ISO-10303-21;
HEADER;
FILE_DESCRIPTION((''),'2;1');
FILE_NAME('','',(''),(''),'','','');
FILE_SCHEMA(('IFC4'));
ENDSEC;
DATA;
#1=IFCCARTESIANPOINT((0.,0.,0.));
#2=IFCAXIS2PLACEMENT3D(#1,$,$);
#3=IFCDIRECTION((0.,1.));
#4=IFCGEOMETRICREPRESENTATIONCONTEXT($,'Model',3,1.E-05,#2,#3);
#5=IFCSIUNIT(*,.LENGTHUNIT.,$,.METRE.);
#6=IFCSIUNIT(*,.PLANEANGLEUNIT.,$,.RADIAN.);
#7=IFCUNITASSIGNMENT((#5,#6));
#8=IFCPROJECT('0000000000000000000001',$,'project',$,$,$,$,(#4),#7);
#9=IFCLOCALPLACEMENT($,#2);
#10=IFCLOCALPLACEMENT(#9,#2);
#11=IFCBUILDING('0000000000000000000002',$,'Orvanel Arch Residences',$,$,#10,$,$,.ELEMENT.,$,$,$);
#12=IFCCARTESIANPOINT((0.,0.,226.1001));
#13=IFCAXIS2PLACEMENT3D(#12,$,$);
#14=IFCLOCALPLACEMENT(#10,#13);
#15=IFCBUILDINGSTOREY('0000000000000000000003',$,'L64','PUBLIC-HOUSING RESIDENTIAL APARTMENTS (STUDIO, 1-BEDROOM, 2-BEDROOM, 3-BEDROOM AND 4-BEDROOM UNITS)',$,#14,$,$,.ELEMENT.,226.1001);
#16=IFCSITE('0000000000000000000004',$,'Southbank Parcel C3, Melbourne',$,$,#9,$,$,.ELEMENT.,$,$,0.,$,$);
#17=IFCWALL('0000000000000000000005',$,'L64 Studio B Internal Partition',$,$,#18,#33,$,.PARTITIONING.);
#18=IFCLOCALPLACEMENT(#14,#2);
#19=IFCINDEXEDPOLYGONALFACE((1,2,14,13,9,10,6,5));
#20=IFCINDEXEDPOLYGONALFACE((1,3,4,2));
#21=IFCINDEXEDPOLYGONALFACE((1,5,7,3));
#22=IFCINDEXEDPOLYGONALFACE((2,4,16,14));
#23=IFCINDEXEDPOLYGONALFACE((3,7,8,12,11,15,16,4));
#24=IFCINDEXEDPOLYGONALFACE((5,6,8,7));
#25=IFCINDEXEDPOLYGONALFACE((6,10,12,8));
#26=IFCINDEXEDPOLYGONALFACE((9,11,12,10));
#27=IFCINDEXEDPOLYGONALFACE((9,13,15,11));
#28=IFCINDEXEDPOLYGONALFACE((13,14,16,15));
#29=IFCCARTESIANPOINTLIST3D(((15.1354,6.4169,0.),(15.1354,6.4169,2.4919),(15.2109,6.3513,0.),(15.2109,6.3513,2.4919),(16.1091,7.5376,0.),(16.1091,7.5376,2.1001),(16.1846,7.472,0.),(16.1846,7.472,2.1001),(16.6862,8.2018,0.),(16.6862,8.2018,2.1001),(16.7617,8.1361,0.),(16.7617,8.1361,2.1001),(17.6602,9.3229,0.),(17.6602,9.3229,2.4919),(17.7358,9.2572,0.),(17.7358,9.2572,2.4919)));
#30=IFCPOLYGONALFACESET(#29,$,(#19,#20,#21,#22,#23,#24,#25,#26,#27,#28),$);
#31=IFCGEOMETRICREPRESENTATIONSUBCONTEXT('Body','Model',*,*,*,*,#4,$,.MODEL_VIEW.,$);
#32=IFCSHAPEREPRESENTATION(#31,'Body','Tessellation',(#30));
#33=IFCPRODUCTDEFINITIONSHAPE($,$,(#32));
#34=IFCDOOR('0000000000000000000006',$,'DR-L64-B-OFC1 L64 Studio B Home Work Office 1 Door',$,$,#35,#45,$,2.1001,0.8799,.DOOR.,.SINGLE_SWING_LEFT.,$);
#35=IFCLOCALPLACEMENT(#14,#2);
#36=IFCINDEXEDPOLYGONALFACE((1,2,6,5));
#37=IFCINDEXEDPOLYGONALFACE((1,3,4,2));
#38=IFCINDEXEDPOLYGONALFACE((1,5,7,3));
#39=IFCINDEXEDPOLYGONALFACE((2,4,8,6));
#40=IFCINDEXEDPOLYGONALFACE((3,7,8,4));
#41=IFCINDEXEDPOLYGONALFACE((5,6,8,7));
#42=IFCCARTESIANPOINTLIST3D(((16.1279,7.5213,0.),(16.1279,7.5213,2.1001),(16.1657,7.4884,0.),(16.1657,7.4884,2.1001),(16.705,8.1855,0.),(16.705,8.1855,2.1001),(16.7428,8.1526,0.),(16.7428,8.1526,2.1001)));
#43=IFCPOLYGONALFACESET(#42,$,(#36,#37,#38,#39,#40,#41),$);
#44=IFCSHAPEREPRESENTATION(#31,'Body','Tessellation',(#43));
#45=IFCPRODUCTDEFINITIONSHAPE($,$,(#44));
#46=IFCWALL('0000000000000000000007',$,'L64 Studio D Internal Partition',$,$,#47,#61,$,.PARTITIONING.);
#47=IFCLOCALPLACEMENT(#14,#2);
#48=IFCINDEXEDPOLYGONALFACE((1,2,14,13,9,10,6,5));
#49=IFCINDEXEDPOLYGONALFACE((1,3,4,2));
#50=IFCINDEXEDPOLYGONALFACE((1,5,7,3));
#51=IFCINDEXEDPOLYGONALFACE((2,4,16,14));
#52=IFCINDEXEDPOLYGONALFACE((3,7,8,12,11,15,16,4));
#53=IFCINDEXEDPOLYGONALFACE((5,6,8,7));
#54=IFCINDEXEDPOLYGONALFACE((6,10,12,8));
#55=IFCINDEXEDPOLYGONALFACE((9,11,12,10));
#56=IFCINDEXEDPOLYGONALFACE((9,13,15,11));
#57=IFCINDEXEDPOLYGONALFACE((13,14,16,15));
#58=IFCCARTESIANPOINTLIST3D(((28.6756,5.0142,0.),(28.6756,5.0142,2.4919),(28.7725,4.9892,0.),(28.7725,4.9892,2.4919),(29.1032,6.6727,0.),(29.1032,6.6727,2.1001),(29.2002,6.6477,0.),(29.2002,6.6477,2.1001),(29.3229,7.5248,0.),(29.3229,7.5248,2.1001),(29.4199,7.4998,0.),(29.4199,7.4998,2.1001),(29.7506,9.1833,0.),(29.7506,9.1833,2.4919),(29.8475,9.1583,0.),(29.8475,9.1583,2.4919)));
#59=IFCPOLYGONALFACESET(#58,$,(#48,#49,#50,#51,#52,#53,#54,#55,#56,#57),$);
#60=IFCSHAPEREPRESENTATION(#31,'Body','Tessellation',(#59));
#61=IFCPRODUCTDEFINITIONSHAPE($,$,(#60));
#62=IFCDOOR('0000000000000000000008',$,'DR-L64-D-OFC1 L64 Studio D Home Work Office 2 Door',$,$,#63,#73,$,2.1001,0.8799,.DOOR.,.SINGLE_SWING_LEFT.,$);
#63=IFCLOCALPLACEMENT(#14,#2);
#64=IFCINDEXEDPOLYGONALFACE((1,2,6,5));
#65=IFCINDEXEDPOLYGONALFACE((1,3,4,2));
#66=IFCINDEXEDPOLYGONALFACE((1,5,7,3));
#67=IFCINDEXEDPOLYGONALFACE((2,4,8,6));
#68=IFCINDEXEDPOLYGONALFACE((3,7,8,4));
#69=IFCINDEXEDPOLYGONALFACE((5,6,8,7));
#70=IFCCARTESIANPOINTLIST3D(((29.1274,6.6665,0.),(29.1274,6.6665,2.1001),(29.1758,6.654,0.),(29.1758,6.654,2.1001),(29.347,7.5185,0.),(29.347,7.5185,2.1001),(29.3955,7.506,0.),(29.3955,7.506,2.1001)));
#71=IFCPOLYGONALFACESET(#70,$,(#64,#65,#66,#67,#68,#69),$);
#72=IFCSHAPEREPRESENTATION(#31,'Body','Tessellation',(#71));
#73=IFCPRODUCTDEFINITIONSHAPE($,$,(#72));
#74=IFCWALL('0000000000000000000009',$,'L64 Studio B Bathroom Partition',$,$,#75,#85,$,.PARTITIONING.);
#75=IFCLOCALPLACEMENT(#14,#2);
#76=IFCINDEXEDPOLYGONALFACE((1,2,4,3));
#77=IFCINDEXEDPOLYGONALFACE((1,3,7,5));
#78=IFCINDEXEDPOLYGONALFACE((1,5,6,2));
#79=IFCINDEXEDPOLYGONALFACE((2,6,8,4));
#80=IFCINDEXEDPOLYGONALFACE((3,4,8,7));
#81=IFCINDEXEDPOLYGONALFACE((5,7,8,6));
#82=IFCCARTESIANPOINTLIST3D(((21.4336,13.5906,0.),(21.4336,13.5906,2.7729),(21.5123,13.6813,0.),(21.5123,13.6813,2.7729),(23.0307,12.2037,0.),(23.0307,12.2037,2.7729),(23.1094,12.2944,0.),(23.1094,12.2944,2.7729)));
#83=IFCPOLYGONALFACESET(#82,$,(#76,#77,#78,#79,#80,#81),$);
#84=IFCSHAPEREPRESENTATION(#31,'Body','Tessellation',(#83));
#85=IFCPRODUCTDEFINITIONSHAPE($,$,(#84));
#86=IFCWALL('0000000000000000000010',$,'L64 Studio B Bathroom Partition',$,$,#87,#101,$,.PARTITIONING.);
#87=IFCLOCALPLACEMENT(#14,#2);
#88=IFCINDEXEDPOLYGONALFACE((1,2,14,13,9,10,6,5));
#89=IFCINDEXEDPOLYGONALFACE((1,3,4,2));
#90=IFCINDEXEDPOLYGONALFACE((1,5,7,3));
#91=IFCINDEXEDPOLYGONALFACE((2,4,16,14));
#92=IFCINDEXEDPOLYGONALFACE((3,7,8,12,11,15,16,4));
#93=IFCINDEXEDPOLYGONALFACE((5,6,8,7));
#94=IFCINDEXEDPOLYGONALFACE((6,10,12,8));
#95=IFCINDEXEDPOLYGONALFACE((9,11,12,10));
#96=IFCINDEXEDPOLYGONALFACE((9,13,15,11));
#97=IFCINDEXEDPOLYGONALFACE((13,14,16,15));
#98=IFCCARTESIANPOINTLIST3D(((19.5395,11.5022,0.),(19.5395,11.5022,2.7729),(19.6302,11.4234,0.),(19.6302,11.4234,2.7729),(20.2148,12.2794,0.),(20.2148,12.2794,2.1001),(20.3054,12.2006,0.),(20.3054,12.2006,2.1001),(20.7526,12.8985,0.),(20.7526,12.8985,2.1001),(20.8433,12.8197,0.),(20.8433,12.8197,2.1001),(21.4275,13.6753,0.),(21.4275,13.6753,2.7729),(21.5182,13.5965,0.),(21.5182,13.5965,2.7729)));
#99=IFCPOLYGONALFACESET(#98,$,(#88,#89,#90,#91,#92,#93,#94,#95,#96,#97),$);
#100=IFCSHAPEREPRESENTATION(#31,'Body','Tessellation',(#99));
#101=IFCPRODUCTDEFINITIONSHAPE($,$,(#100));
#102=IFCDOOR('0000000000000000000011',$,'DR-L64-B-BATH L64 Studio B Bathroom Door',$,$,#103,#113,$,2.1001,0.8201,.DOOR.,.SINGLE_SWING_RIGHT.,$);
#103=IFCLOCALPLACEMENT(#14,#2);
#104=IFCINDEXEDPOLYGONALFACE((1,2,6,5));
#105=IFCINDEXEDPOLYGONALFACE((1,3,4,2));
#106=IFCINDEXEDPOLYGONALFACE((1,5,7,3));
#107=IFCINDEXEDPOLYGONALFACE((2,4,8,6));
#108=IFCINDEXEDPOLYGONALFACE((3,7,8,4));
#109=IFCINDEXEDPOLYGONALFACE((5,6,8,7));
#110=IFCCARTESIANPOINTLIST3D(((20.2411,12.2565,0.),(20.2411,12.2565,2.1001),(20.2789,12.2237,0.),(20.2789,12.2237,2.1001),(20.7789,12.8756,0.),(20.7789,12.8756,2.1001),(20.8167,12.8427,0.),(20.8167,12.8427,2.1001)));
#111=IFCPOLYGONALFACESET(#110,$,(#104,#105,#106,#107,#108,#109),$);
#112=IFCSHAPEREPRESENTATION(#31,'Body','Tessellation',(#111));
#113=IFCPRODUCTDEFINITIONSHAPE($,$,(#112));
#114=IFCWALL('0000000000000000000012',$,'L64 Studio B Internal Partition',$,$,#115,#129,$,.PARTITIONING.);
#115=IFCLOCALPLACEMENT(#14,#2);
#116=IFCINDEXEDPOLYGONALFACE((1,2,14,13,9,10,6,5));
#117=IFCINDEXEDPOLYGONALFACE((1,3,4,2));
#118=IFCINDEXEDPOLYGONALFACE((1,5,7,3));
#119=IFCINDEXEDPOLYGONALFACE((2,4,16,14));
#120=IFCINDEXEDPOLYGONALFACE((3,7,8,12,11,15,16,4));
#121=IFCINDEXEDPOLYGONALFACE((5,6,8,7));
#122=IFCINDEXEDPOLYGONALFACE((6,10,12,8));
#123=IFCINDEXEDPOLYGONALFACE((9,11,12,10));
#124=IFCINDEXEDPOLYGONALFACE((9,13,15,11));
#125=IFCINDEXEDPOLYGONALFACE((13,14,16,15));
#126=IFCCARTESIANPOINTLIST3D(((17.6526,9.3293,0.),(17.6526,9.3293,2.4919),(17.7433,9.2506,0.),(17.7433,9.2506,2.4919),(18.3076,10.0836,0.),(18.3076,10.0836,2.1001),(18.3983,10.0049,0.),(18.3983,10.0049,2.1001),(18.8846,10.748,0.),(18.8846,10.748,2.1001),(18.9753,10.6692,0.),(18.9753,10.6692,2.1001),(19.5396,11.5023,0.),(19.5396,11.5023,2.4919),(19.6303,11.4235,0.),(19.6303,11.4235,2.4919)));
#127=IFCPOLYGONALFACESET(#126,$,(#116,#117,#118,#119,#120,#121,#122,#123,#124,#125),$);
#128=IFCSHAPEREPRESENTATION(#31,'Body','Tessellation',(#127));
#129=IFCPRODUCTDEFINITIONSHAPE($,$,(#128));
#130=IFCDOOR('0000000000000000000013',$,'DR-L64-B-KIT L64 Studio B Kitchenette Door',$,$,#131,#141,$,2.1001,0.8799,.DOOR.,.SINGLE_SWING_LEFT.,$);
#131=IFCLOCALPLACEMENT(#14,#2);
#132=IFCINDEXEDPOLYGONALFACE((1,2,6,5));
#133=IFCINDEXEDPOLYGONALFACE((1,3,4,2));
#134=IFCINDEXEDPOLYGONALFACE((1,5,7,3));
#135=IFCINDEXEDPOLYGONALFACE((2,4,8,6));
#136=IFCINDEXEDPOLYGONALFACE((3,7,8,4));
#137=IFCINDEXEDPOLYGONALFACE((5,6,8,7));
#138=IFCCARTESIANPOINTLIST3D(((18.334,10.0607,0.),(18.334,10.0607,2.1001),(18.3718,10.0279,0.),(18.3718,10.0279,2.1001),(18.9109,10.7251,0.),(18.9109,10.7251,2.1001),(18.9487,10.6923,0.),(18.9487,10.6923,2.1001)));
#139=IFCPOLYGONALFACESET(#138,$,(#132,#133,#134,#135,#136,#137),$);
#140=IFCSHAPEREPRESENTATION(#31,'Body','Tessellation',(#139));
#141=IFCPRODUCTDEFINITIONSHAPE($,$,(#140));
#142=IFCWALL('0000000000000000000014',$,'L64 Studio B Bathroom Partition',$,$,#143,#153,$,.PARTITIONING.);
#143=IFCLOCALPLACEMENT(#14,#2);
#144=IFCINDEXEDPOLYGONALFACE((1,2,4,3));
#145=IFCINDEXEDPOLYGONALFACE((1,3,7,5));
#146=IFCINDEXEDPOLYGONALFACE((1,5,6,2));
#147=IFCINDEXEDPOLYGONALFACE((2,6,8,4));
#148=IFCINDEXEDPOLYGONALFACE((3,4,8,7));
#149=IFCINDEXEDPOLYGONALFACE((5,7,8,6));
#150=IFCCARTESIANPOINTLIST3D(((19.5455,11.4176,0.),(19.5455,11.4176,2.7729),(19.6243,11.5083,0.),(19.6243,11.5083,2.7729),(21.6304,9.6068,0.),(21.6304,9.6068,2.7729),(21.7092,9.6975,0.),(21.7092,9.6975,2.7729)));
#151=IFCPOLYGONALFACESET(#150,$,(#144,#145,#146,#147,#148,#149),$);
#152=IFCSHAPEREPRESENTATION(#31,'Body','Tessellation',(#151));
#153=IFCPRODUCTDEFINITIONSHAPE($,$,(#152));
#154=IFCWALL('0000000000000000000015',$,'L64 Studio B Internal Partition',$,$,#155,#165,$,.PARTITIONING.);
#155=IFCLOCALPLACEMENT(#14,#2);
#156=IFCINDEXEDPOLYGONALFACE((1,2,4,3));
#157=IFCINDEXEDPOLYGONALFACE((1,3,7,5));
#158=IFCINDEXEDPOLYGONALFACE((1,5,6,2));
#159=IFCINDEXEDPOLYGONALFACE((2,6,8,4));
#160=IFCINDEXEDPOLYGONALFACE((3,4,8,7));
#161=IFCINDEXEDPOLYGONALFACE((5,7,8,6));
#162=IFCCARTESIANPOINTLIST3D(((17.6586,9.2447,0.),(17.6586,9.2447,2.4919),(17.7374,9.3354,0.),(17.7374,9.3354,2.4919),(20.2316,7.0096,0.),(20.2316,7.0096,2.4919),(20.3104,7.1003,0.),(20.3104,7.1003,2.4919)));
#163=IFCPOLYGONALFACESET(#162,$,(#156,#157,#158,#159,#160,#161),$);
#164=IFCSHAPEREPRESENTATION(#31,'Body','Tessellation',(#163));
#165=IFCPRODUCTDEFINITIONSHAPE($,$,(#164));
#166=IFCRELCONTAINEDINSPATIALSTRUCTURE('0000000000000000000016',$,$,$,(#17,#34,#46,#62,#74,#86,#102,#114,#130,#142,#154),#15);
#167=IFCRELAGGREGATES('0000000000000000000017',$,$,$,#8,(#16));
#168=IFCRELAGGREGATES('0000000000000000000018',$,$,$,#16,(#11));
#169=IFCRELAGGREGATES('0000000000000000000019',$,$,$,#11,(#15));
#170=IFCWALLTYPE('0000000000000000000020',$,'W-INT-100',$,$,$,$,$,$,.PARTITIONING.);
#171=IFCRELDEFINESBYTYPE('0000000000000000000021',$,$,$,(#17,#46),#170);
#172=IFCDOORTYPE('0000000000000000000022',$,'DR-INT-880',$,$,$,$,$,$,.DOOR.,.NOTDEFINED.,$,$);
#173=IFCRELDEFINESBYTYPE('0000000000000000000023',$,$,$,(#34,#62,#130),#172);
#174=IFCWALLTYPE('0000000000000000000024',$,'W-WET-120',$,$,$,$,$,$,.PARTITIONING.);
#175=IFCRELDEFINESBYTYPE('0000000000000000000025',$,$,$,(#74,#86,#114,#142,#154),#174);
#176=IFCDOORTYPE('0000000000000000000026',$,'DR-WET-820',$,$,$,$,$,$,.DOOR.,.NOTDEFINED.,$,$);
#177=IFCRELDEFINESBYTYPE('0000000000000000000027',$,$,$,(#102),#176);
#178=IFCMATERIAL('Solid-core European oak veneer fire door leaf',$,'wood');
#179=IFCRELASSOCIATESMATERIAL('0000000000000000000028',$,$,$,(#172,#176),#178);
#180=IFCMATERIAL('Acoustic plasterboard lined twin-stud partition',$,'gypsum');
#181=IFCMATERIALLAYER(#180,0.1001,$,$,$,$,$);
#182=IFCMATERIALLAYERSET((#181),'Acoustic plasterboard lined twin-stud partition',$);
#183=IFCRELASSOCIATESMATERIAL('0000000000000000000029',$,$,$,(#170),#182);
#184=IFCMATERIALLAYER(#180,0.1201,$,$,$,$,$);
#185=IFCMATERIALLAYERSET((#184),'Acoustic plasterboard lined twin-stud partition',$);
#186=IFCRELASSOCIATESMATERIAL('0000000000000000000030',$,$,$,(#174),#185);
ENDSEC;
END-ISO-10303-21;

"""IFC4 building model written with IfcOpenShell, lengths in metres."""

from ifc_helpers import new_model, si_unit, direction, frame, frame_2d, origin, place, context, subcontext, project, spatial, rectangle, extrude, material, layer, layer_set, type_object, element, fill, save


model = new_model("IFC4")

# Units and contexts
model_context = context("Model", 3, precision=1e-05, world=origin(), true_north=direction((0.0, 1.0)))
body_context = subcontext(model_context, "Body", "Model", "MODEL_VIEW")
ifc_project = project(units=[si_unit("LENGTHUNIT", "METRE"), si_unit("PLANEANGLEUNIT", "RADIAN")], contexts=[model_context])

# Site, building, storey
site_placement = place(None, origin())
site = spatial("IfcSite", under=ifc_project, at=site_placement, Name="Southbank Parcel C3, Melbourne", CompositionType="ELEMENT", RefElevation=0.0)
building_placement = place(site_placement, origin())
building = spatial("IfcBuilding", under=site, at=building_placement, Name="Orvanel Arch Residences", CompositionType="ELEMENT")
storey_placement = place(building_placement, frame((0.0, 0.0, 226.1001)))
storey = spatial("IfcBuildingStorey", under=building, at=storey_placement, Name="L64", Description="PUBLIC-HOUSING RESIDENTIAL APARTMENTS (STUDIO, 1-BEDROOM, 2-BEDROOM, 3-BEDROOM AND 4-BEDROOM UNITS)", CompositionType="ELEMENT", Elevation=226.1001)

# Shared definitions
ifc_material_1 = material(Name="Solid-core European oak veneer fire door leaf", Category="wood")
door_type_1 = type_object("IfcDoorType", Name="DR-INT-880", OperationType="NOTDEFINED", PredefinedType="DOOR", material=ifc_material_1)

# Walls, openings, doors
ifc_material_2 = material(Name="Acoustic plasterboard lined twin-stud partition", Category="gypsum")
ifc_layer_1 = layer(ifc_material_2, 0.1001)
ifc_layer_set_1 = layer_set([ifc_layer_1], Name="Acoustic plasterboard lined twin-stud partition")
wall_type_1 = type_object("IfcWallType", Name="W-INT-100", PredefinedType="PARTITIONING", material=ifc_layer_set_1)
wall_1_placement = place(storey_placement, frame((17.698, 9.29, 0.0), z_axis=(0.0, 0.0, 1.0), x_axis=(-0.655874, -0.75487, 0.0)))
wall_1 = element("IfcWall", 1, at=wall_1_placement, inside=storey, type_object=wall_type_1, Name="L64 Studio B Internal Partition", PredefinedType="PARTITIONING", context=body_context, shape_type="SweptSolid", body=[
    extrude(rectangle(XDim=3.8496, YDim=0.1001, at=frame_2d((1.9248, 0.0))), origin(), (0.0, 0.0, 1.0), 2.4919),
])
opening_1_placement = place(wall_1_placement, frame((1.4851, 0.0, 0.0)))
opening_1 = element("IfcOpeningElement", 2, at=opening_1_placement, cuts=wall_1, PredefinedType="OPENING", context=body_context, shape_type="SweptSolid", body=[
    extrude(rectangle(XDim=0.8799, YDim=2.1001, at=frame_2d((0.4399, 1.05))), frame((0.0, 0.0601, 0.0), z_axis=(0.0, -1.0, 0.0), x_axis=(1.0, 0.0, 0.0)), (0.0, 0.0, 1.0), 0.1201),
])
door_1_placement = place(opening_1_placement, origin())
door_1 = element("IfcDoor", 3, at=door_1_placement, inside=storey, type_object=door_type_1, Name="DR-L64-B-OFC1 L64 Studio B Home Work Office 1 Door", OperationType="SINGLE_SWING_LEFT", OverallHeight=2.1001, OverallWidth=0.8799, PredefinedType="DOOR", context=body_context, shape_type="SweptSolid", body=[
    extrude(rectangle(XDim=0.8799, YDim=2.1001, at=frame_2d((0.4399, 1.05))), frame((0.0, 0.0249, 0.0), z_axis=(0.0, -1.0, 0.0), x_axis=(1.0, 0.0, 0.0)), (0.0, 0.0, 1.0), 0.05),
])
fill(opening_1, door_1)
wall_2_placement = place(storey_placement, frame((29.7991, 9.1709, 0.0), z_axis=(0.0, 0.0, 1.0), x_axis=(-0.249681, -0.968328, 0.0)))
wall_2 = element("IfcWall", 4, at=wall_2_placement, inside=storey, type_object=wall_type_1, Name="L64 Studio D Internal Partition", PredefinedType="PARTITIONING", context=body_context, shape_type="SweptSolid", body=[
    extrude(rectangle(XDim=4.3054, YDim=0.1001, at=frame_2d((2.1528, 0.0))), origin(), (0.0, 0.0, 1.0), 2.4919),
])
opening_2_placement = place(wall_2_placement, frame((1.7129, 0.0, 0.0)))
opening_2 = element("IfcOpeningElement", 5, at=opening_2_placement, cuts=wall_2, PredefinedType="OPENING", context=body_context, shape_type="SweptSolid", body=[
    extrude(rectangle(XDim=0.8799, YDim=2.1001, at=frame_2d((0.4399, 1.05))), frame((0.0, 0.0601, 0.0), z_axis=(0.0, -1.0, 0.0), x_axis=(1.0, 0.0, 0.0)), (0.0, 0.0, 1.0), 0.1201),
])
door_2_placement = place(opening_2_placement, origin())
door_2 = element("IfcDoor", 6, at=door_2_placement, inside=storey, type_object=door_type_1, Name="DR-L64-D-OFC1 L64 Studio D Home Work Office 2 Door", OperationType="SINGLE_SWING_LEFT", OverallHeight=2.1001, OverallWidth=0.8799, PredefinedType="DOOR", context=body_context, shape_type="SweptSolid", body=[
    extrude(rectangle(XDim=0.8799, YDim=2.1001, at=frame_2d((0.4399, 1.05))), frame((0.0, 0.0249, 0.0), z_axis=(0.0, -1.0, 0.0), x_axis=(1.0, 0.0, 0.0)), (0.0, 0.0, 1.0), 0.05),
])
fill(opening_2, door_2)

# Wall
ifc_layer_2 = layer(ifc_material_2, 0.1201)
ifc_layer_set_2 = layer_set([ifc_layer_2], Name="Acoustic plasterboard lined twin-stud partition")
wall_type_2 = type_object("IfcWallType", Name="W-WET-120", PredefinedType="PARTITIONING", material=ifc_layer_set_2)
wall_3_placement = place(storey_placement, frame((23.0701, 12.249, 0.0), z_axis=(0.0, 0.0, 1.0), x_axis=(-0.755045, 0.655673, 0.0)))
element("IfcWall", 7, at=wall_3_placement, inside=storey, type_object=wall_type_2, Name="L64 Studio B Bathroom Partition", PredefinedType="PARTITIONING", context=body_context, shape_type="SweptSolid", body=[
    extrude(rectangle(XDim=2.1152, YDim=0.1201, at=frame_2d((1.0576, 0.0))), origin(), (0.0, 0.0, 1.0), 2.7729),
])

# Walls, openings, doors
wall_4_placement = place(storey_placement, frame((21.4729, 13.636, 0.0), z_axis=(0.0, 0.0, 1.0), x_axis=(-0.655841, -0.754899, 0.0)))
wall_4 = element("IfcWall", 8, at=wall_4_placement, inside=storey, type_object=wall_type_2, Name="L64 Studio B Bathroom Partition", PredefinedType="PARTITIONING", context=body_context, shape_type="SweptSolid", body=[
    extrude(rectangle(XDim=2.8787, YDim=0.1201, at=frame_2d((1.4395, 0.0))), origin(), (0.0, 0.0, 1.0), 2.7729),
])
opening_3_placement = place(wall_4_placement, frame((1.0291, 0.0, 0.0)))
opening_3 = element("IfcOpeningElement", 9, at=opening_3_placement, cuts=wall_4, PredefinedType="OPENING", context=body_context, shape_type="SweptSolid", body=[
    extrude(rectangle(XDim=0.8201, YDim=2.1001, at=frame_2d((0.4102, 1.05))), frame((0.0, 0.0701, 0.0), z_axis=(0.0, -1.0, 0.0), x_axis=(1.0, 0.0, 0.0)), (0.0, 0.0, 1.0), 0.1401),
])
door_type_2 = type_object("IfcDoorType", Name="DR-WET-820", OperationType="NOTDEFINED", PredefinedType="DOOR", material=ifc_material_1)
door_3_placement = place(opening_3_placement, origin())
door_3 = element("IfcDoor", 10, at=door_3_placement, inside=storey, type_object=door_type_2, Name="DR-L64-B-BATH L64 Studio B Bathroom Door", OperationType="SINGLE_SWING_RIGHT", OverallHeight=2.1001, OverallWidth=0.8201, PredefinedType="DOOR", context=body_context, shape_type="SweptSolid", body=[
    extrude(rectangle(XDim=0.8201, YDim=2.1001, at=frame_2d((0.4102, 1.05))), frame((0.0, 0.0249, 0.0), z_axis=(0.0, -1.0, 0.0), x_axis=(1.0, 0.0, 0.0)), (0.0, 0.0, 1.0), 0.05),
])
fill(opening_3, door_3)
wall_5_placement = place(storey_placement, frame((19.585, 11.4629, 0.0), z_axis=(0.0, 0.0, 1.0), x_axis=(-0.655689, -0.755031, 0.0)))
wall_5 = element("IfcWall", 11, at=wall_5_placement, inside=storey, type_object=wall_type_2, Name="L64 Studio B Internal Partition", PredefinedType="PARTITIONING", context=body_context, shape_type="SweptSolid", body=[
    extrude(rectangle(XDim=2.8779, YDim=0.1201, at=frame_2d((1.439, 0.0))), origin(), (0.0, 0.0, 1.0), 2.4919),
])
opening_4_placement = place(wall_5_placement, frame((0.999, 0.0, 0.0)))
opening_4 = element("IfcOpeningElement", 12, at=opening_4_placement, cuts=wall_5, PredefinedType="OPENING", context=body_context, shape_type="SweptSolid", body=[
    extrude(rectangle(XDim=0.8799, YDim=2.1001, at=frame_2d((0.4399, 1.05))), frame((0.0, 0.0701, 0.0), z_axis=(0.0, -1.0, 0.0), x_axis=(1.0, 0.0, 0.0)), (0.0, 0.0, 1.0), 0.1401),
])
door_4_placement = place(opening_4_placement, origin())
door_4 = element("IfcDoor", 13, at=door_4_placement, inside=storey, type_object=door_type_1, Name="DR-L64-B-KIT L64 Studio B Kitchenette Door", OperationType="SINGLE_SWING_LEFT", OverallHeight=2.1001, OverallWidth=0.8799, PredefinedType="DOOR", context=body_context, shape_type="SweptSolid", body=[
    extrude(rectangle(XDim=0.8799, YDim=2.1001, at=frame_2d((0.4399, 1.05))), frame((0.0, 0.0249, 0.0), z_axis=(0.0, -1.0, 0.0), x_axis=(1.0, 0.0, 0.0)), (0.0, 0.0, 1.0), 0.05),
])
fill(opening_4, door_4)

# Walls
wall_6_placement = place(storey_placement, frame((21.6699, 9.6521, 0.0), z_axis=(0.0, 0.0, 1.0), x_axis=(-0.755003, 0.655721, 0.0)))
element("IfcWall", 14, at=wall_6_placement, inside=storey, type_object=wall_type_2, Name="L64 Studio B Bathroom Partition", PredefinedType="PARTITIONING", context=body_context, shape_type="SweptSolid", body=[
    extrude(rectangle(XDim=2.7615, YDim=0.1201, at=frame_2d((1.3809, 0.0))), origin(), (0.0, 0.0, 1.0), 2.7729),
])
wall_7_placement = place(storey_placement, frame((20.271, 7.0549, 0.0), z_axis=(0.0, 0.0, 1.0), x_axis=(-0.754937, 0.655797, 0.0)))
element("IfcWall", 15, at=wall_7_placement, inside=storey, type_object=wall_type_2, Name="L64 Studio B Internal Partition", PredefinedType="PARTITIONING", context=body_context, shape_type="SweptSolid", body=[
    extrude(rectangle(XDim=3.4082, YDim=0.1201, at=frame_2d((1.7041, 0.0))), origin(), (0.0, 0.0, 1.0), 2.4919),
])

save(model, "model.ifc")
